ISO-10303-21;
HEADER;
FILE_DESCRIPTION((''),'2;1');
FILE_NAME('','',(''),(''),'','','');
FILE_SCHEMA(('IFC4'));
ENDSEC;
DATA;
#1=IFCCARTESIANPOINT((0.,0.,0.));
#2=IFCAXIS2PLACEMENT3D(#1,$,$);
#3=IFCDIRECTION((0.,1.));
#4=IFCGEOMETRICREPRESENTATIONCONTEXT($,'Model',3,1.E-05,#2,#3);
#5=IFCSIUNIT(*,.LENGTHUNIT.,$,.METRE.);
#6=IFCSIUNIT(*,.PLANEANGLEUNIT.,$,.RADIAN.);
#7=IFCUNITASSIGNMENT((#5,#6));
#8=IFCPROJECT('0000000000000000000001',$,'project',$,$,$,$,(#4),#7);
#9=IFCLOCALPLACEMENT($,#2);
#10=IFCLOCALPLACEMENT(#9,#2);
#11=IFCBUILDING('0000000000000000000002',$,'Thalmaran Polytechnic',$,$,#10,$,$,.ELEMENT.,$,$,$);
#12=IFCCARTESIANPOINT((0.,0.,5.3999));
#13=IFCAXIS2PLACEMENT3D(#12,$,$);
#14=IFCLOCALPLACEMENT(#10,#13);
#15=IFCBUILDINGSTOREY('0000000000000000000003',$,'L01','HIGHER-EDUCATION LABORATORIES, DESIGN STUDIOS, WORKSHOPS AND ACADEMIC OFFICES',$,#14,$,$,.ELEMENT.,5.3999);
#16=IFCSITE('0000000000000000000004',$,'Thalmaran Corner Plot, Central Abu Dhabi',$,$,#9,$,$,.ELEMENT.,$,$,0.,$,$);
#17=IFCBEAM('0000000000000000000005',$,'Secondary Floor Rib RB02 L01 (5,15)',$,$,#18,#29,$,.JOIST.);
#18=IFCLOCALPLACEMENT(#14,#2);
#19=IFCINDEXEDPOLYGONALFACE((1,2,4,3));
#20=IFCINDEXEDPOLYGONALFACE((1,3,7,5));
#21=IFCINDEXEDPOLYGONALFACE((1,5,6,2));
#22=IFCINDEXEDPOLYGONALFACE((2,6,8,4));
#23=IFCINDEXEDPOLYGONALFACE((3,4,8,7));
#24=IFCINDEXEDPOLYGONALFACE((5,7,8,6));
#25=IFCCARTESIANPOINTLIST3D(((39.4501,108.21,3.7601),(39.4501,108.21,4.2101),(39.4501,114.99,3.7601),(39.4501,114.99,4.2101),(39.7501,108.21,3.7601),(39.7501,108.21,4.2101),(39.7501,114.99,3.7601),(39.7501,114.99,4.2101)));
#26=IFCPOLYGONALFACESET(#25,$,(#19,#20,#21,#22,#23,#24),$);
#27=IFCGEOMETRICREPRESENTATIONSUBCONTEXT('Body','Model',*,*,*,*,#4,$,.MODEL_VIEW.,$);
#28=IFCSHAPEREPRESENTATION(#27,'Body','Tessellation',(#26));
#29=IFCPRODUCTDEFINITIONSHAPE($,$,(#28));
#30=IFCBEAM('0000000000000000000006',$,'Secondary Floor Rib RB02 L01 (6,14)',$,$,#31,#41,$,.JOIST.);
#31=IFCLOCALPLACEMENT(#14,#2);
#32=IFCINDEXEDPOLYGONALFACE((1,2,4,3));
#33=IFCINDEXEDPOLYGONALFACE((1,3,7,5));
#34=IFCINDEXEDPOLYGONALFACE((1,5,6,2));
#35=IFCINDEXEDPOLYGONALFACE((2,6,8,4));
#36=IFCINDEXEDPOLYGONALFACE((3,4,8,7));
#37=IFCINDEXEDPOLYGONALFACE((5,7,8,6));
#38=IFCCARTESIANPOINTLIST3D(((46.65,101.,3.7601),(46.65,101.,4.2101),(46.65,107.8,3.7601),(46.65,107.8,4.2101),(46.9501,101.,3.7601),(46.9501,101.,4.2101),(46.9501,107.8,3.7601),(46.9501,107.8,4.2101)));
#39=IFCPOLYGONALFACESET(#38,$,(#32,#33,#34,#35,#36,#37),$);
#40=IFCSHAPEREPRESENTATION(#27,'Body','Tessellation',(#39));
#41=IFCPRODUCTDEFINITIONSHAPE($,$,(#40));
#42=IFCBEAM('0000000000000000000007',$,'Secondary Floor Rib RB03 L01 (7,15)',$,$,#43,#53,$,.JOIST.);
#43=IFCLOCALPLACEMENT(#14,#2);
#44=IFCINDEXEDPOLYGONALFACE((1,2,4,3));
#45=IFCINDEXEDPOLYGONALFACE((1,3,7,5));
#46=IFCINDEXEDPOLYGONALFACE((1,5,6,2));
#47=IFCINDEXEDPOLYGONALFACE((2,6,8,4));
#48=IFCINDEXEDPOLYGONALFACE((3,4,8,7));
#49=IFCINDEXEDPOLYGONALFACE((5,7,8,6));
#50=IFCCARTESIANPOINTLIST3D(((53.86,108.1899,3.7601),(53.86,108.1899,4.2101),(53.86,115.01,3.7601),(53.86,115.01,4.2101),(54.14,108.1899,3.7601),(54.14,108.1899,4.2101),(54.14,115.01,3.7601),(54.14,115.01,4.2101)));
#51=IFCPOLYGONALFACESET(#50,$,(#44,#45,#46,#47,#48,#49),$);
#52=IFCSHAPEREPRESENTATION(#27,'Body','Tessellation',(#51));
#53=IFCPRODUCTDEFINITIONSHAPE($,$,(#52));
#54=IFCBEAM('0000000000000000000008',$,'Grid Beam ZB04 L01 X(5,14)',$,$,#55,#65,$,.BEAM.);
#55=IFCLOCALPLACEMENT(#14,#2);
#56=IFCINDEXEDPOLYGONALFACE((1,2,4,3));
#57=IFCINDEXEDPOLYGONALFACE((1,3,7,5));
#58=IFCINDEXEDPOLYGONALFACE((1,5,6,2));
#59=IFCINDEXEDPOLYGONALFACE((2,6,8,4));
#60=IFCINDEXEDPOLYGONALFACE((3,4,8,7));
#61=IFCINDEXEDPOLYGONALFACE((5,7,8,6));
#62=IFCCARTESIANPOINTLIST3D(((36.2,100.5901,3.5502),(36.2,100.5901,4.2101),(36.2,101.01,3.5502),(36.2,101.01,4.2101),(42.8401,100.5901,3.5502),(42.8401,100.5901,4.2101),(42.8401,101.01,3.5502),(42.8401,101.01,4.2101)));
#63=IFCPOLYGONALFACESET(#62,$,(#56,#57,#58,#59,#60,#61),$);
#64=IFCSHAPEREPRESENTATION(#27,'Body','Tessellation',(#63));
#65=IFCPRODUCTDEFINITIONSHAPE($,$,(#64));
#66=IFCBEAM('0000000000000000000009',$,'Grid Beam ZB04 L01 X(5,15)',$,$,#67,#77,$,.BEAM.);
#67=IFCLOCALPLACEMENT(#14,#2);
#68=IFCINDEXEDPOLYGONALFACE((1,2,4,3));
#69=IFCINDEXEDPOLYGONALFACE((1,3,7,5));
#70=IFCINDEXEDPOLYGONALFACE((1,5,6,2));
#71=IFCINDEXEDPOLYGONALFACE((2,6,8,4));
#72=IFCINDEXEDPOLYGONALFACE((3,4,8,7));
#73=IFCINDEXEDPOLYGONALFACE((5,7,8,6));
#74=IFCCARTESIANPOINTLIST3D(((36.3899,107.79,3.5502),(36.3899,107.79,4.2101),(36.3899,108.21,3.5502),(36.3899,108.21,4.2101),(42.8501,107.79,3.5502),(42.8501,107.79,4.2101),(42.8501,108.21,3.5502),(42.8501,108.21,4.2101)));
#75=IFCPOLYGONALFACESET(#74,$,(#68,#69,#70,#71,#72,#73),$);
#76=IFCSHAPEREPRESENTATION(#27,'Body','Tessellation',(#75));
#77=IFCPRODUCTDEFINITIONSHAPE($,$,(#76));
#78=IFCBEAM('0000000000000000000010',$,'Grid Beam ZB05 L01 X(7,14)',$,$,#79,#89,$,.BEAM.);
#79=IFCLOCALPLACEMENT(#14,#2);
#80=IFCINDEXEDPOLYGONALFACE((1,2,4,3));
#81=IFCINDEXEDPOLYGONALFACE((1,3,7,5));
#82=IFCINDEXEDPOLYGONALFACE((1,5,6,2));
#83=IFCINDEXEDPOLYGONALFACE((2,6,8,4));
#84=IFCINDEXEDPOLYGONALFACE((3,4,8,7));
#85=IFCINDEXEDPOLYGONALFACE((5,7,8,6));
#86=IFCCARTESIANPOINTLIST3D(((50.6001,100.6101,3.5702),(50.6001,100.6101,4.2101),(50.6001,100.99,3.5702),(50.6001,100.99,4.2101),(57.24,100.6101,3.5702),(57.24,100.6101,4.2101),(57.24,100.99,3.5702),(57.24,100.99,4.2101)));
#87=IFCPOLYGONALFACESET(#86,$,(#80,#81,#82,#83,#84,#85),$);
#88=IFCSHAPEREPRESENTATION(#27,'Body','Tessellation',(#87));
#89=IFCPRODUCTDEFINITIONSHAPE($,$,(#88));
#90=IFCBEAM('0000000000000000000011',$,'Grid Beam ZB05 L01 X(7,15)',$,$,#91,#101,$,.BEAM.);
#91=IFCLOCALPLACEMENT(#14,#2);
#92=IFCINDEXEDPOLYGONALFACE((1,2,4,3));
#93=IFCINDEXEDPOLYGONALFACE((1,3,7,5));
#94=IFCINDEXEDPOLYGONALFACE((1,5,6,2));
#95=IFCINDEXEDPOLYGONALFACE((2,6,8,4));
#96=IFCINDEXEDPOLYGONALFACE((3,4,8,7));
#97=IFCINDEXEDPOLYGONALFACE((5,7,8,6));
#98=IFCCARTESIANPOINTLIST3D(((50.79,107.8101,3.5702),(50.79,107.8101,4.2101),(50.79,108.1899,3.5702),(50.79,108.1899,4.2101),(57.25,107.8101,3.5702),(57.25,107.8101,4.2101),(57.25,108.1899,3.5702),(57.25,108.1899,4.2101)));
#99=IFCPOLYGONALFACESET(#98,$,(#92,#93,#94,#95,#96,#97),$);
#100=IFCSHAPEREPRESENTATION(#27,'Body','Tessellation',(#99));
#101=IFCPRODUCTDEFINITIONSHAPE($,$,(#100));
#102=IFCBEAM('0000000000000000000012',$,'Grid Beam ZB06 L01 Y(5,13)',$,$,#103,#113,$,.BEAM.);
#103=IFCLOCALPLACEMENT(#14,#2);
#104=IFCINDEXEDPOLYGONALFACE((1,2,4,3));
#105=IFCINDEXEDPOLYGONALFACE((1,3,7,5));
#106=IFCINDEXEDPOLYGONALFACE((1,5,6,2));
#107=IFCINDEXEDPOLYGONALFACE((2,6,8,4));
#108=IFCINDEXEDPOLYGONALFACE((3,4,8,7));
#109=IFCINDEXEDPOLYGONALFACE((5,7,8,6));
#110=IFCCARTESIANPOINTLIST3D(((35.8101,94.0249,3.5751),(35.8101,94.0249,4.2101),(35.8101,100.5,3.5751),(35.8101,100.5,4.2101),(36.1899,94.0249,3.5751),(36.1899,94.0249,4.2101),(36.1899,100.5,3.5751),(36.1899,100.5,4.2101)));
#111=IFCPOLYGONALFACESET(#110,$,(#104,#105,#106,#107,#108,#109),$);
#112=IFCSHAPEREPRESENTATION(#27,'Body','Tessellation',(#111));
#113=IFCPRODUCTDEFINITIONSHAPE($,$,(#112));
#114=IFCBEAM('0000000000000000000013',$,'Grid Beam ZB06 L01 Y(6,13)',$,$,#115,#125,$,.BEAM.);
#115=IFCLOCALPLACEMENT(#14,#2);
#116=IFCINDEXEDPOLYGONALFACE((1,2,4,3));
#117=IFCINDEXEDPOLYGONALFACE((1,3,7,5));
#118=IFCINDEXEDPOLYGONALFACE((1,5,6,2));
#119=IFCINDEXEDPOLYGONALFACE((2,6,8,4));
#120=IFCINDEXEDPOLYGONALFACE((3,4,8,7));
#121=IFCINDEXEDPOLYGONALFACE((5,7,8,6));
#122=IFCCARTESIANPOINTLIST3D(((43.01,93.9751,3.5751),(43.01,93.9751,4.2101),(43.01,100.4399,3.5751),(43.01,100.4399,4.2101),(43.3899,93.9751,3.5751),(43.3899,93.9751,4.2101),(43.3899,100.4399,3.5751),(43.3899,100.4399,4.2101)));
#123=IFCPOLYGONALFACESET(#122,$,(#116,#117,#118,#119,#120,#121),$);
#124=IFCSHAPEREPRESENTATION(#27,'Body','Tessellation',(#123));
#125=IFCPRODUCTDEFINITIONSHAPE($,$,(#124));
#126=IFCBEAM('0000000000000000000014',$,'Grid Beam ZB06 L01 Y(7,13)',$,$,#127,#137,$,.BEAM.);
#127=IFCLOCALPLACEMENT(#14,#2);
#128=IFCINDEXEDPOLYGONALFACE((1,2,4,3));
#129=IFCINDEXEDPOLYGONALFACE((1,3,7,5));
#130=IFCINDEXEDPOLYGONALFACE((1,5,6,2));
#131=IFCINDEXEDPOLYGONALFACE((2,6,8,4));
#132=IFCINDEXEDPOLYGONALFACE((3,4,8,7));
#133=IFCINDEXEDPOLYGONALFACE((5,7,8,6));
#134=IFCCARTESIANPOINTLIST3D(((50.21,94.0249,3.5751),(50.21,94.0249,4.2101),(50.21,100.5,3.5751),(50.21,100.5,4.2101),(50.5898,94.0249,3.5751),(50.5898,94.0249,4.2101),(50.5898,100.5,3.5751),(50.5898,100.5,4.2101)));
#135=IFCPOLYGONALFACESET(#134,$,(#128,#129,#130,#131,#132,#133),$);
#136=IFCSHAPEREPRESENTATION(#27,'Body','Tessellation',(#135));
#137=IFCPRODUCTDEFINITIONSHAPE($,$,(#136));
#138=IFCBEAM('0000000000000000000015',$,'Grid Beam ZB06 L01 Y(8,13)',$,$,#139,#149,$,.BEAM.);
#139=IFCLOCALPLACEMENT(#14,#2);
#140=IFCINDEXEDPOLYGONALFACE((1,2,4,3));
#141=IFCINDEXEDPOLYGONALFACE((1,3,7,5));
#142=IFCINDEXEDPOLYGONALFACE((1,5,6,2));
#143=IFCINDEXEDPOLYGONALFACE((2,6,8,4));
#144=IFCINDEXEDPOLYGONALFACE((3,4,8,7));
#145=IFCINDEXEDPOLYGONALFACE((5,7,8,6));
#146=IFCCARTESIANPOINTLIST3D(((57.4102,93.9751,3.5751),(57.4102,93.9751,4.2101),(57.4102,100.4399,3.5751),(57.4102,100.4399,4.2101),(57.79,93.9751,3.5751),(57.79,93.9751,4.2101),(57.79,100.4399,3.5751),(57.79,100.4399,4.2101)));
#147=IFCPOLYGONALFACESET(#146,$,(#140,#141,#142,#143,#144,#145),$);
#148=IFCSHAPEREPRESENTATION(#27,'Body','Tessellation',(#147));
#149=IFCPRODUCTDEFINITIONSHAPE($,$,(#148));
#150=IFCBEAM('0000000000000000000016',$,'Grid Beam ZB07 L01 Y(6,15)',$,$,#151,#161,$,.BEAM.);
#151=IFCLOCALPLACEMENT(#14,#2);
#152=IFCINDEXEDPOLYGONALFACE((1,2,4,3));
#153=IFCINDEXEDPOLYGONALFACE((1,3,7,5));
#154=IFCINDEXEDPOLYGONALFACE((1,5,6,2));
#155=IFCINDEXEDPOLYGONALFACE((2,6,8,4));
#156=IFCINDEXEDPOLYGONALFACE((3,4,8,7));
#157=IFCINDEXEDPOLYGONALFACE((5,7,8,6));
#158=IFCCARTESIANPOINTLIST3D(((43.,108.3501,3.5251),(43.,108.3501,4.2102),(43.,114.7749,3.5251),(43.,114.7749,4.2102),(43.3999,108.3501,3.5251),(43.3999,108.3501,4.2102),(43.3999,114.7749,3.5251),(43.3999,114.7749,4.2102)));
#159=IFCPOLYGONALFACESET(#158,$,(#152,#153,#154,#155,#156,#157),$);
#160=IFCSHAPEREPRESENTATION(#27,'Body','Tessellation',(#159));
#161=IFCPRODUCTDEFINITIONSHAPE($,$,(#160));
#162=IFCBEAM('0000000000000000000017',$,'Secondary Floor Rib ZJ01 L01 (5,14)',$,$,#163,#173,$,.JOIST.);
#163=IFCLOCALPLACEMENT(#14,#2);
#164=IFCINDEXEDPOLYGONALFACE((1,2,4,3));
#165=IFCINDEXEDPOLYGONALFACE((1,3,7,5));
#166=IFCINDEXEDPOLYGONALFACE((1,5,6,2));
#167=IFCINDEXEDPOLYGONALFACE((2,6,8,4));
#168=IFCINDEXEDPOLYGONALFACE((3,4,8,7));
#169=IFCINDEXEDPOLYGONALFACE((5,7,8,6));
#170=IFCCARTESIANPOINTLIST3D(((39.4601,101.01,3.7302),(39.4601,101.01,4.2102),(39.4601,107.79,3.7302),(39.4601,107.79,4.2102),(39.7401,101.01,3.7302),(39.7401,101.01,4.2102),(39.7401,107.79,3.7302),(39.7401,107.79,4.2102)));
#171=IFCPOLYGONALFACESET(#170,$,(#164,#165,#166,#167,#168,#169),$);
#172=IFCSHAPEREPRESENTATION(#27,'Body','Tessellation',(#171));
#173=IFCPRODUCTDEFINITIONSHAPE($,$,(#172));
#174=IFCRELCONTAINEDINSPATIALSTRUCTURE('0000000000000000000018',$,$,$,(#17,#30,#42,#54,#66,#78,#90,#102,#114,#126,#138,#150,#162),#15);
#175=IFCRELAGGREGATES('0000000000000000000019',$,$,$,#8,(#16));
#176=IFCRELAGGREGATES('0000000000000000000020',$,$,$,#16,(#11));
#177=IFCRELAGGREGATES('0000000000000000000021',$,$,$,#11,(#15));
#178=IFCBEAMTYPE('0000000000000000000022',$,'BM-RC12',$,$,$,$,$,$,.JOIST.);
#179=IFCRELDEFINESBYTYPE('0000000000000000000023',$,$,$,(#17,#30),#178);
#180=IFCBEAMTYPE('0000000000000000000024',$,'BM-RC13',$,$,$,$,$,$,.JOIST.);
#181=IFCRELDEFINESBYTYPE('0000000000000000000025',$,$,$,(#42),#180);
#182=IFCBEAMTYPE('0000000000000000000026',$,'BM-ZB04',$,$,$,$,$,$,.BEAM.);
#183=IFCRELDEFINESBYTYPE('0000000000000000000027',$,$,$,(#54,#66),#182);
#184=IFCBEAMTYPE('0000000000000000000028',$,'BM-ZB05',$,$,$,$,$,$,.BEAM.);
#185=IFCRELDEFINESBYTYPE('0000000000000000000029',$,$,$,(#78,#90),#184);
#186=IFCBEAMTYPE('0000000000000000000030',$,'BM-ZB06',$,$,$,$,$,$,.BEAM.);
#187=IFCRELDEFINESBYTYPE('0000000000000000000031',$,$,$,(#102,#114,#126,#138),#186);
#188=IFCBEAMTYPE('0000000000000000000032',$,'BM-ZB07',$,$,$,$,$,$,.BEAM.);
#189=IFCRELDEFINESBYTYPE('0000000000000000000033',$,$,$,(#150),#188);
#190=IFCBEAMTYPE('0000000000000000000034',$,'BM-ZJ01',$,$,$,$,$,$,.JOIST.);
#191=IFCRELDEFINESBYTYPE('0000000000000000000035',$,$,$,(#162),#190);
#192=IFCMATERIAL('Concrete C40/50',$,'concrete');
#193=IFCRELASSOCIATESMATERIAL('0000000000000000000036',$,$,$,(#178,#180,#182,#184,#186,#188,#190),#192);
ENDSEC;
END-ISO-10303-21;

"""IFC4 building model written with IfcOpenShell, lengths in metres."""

from ifc_helpers import new_model, si_unit, direction, frame, origin, origin_2d, place, context, subcontext, project, spatial, rectangle, extrude, material, material_profile, profile_set, type_object, element, save


model = new_model("IFC4")

# Units and contexts
model_context = context("Model", 3, precision=1e-05, world=origin(), true_north=direction((0.0, 1.0)))
body_context = subcontext(model_context, "Body", "Model", "MODEL_VIEW")
ifc_project = project(units=[si_unit("LENGTHUNIT", "METRE"), si_unit("PLANEANGLEUNIT", "RADIAN")], contexts=[model_context])

# Site, building, storey
site_placement = place(None, origin())
site = spatial("IfcSite", under=ifc_project, at=site_placement, Name="Thalmaran Corner Plot, Central Abu Dhabi", CompositionType="ELEMENT", RefElevation=0.0)
building_placement = place(site_placement, origin())
building = spatial("IfcBuilding", under=site, at=building_placement, Name="Thalmaran Polytechnic", CompositionType="ELEMENT")
storey_placement = place(building_placement, frame((0.0, 0.0, 5.3999)))
storey = spatial("IfcBuildingStorey", under=building, at=storey_placement, Name="L01", Description="HIGHER-EDUCATION LABORATORIES, DESIGN STUDIOS, WORKSHOPS AND ACADEMIC OFFICES", CompositionType="ELEMENT", Elevation=5.3999)

# Shared definitions
ifc_material_1 = material(Name="Concrete C40/50", Category="concrete")

# Beams
ifc_material_profile_1 = material_profile(ifc_material_1, rectangle(XDim=0.3, YDim=0.45, at=origin_2d()), Name="RC 300x450")
ifc_profile_set_1 = profile_set([ifc_material_profile_1], Name="Concrete C40/50")
beam_type_1 = type_object("IfcBeamType", Name="BM-RC12", PredefinedType="JOIST", material=ifc_profile_set_1)
beam_1_placement = place(storey_placement, frame((39.6001, 108.21, 3.9851), z_axis=(0.0, 1.0, 0.0), x_axis=(-1.0, 0.0, 0.0)))
element("IfcBeam", 1, at=beam_1_placement, inside=storey, type_object=beam_type_1, Name="Secondary Floor Rib RB02 L01 (5,15)", PredefinedType="JOIST", context=body_context, shape_type="SweptSolid", body=[
    extrude(rectangle(XDim=0.3, YDim=0.45, at=origin_2d()), origin(), (0.0, 0.0, 1.0), 6.78),
])
beam_2_placement = place(storey_placement, frame((46.8, 101.0, 3.9851), z_axis=(0.0, 1.0, 0.0), x_axis=(-1.0, 0.0, 0.0)))
element("IfcBeam", 2, at=beam_2_placement, inside=storey, type_object=beam_type_1, Name="Secondary Floor Rib RB02 L01 (6,14)", PredefinedType="JOIST", context=body_context, shape_type="SweptSolid", body=[
    extrude(rectangle(XDim=0.3, YDim=0.45, at=origin_2d()), origin(), (0.0, 0.0, 1.0), 6.8),
])
ifc_material_profile_2 = material_profile(ifc_material_1, rectangle(XDim=0.28, YDim=0.45, at=origin_2d()), Name="RC 280x450")
ifc_profile_set_2 = profile_set([ifc_material_profile_2], Name="Concrete C40/50")
beam_type_2 = type_object("IfcBeamType", Name="BM-RC13", PredefinedType="JOIST", material=ifc_profile_set_2)
beam_3_placement = place(storey_placement, frame((54.0, 108.1899, 3.9851), z_axis=(0.0, 1.0, 0.0), x_axis=(-1.0, 0.0, 0.0)))
element("IfcBeam", 3, at=beam_3_placement, inside=storey, type_object=beam_type_2, Name="Secondary Floor Rib RB03 L01 (7,15)", PredefinedType="JOIST", context=body_context, shape_type="SweptSolid", body=[
    extrude(rectangle(XDim=0.28, YDim=0.45, at=origin_2d()), origin(), (0.0, 0.0, 1.0), 6.8201),
])
ifc_material_profile_3 = material_profile(ifc_material_1, rectangle(XDim=0.4199, YDim=0.6599, at=origin_2d()), Name="RC 420x660")
ifc_profile_set_3 = profile_set([ifc_material_profile_3], Name="Concrete C40/50")
beam_type_3 = type_object("IfcBeamType", Name="BM-ZB04", PredefinedType="BEAM", material=ifc_profile_set_3)
beam_4_placement = place(storey_placement, frame((36.2, 100.8, 3.8801), z_axis=(1.0, 0.0, 0.0), x_axis=(0.0, 1.0, 0.0)))
element("IfcBeam", 4, at=beam_4_placement, inside=storey, type_object=beam_type_3, Name="Grid Beam ZB04 L01 X(5,14)", PredefinedType="BEAM", context=body_context, shape_type="SweptSolid", body=[
    extrude(rectangle(XDim=0.4199, YDim=0.6599, at=origin_2d()), origin(), (0.0, 0.0, 1.0), 6.6401),
])
beam_5_placement = place(storey_placement, frame((36.3899, 108.0, 3.8801), z_axis=(1.0, 0.0, 0.0), x_axis=(0.0, 1.0, 0.0)))
element("IfcBeam", 5, at=beam_5_placement, inside=storey, type_object=beam_type_3, Name="Grid Beam ZB04 L01 X(5,15)", PredefinedType="BEAM", context=body_context, shape_type="SweptSolid", body=[
    extrude(rectangle(XDim=0.4199, YDim=0.6599, at=origin_2d()), origin(), (0.0, 0.0, 1.0), 6.4602),
])
ifc_material_profile_4 = material_profile(ifc_material_1, rectangle(XDim=0.3799, YDim=0.6399, at=origin_2d()), Name="RC 380x640")
ifc_profile_set_4 = profile_set([ifc_material_profile_4], Name="Concrete C40/50")
beam_type_4 = type_object("IfcBeamType", Name="BM-ZB05", PredefinedType="BEAM", material=ifc_profile_set_4)
beam_6_placement = place(storey_placement, frame((50.6001, 100.8, 3.8901), z_axis=(1.0, 0.0, 0.0), x_axis=(0.0, 1.0, 0.0)))
element("IfcBeam", 6, at=beam_6_placement, inside=storey, type_object=beam_type_4, Name="Grid Beam ZB05 L01 X(7,14)", PredefinedType="BEAM", context=body_context, shape_type="SweptSolid", body=[
    extrude(rectangle(XDim=0.3799, YDim=0.6399, at=origin_2d()), origin(), (0.0, 0.0, 1.0), 6.6399),
])
beam_7_placement = place(storey_placement, frame((50.79, 108.0, 3.8901), z_axis=(1.0, 0.0, 0.0), x_axis=(0.0, 1.0, 0.0)))
element("IfcBeam", 7, at=beam_7_placement, inside=storey, type_object=beam_type_4, Name="Grid Beam ZB05 L01 X(7,15)", PredefinedType="BEAM", context=body_context, shape_type="SweptSolid", body=[
    extrude(rectangle(XDim=0.3799, YDim=0.6399, at=origin_2d()), origin(), (0.0, 0.0, 1.0), 6.46),
])
ifc_material_profile_5 = material_profile(ifc_material_1, rectangle(XDim=0.3799, YDim=0.635, at=origin_2d()), Name="RC 380x635")
ifc_profile_set_5 = profile_set([ifc_material_profile_5], Name="Concrete C40/50")
beam_type_5 = type_object("IfcBeamType", Name="BM-ZB06", PredefinedType="BEAM", material=ifc_profile_set_5)
beam_8_placement = place(storey_placement, frame((36.0, 94.0249, 3.8926), z_axis=(0.0, 1.0, 0.0), x_axis=(-1.0, 0.0, 0.0)))
element("IfcBeam", 8, at=beam_8_placement, inside=storey, type_object=beam_type_5, Name="Grid Beam ZB06 L01 Y(5,13)", PredefinedType="BEAM", context=body_context, shape_type="SweptSolid", body=[
    extrude(rectangle(XDim=0.3799, YDim=0.635, at=origin_2d()), origin(), (0.0, 0.0, 1.0), 6.4751),
])
beam_9_placement = place(storey_placement, frame((43.2, 93.9751, 3.8926), z_axis=(0.0, 1.0, 0.0), x_axis=(-1.0, 0.0, 0.0)))
element("IfcBeam", 9, at=beam_9_placement, inside=storey, type_object=beam_type_5, Name="Grid Beam ZB06 L01 Y(6,13)", PredefinedType="BEAM", context=body_context, shape_type="SweptSolid", body=[
    extrude(rectangle(XDim=0.3799, YDim=0.635, at=origin_2d()), origin(), (0.0, 0.0, 1.0), 6.4648),
])
beam_10_placement = place(storey_placement, frame((50.3999, 94.0249, 3.8926), z_axis=(0.0, 1.0, 0.0), x_axis=(-1.0, 0.0, 0.0)))
element("IfcBeam", 10, at=beam_10_placement, inside=storey, type_object=beam_type_5, Name="Grid Beam ZB06 L01 Y(7,13)", PredefinedType="BEAM", context=body_context, shape_type="SweptSolid", body=[
    extrude(rectangle(XDim=0.3799, YDim=0.635, at=origin_2d()), origin(), (0.0, 0.0, 1.0), 6.4751),
])
beam_11_placement = place(storey_placement, frame((57.6001, 93.9751, 3.8926), z_axis=(0.0, 1.0, 0.0), x_axis=(-1.0, 0.0, 0.0)))
element("IfcBeam", 11, at=beam_11_placement, inside=storey, type_object=beam_type_5, Name="Grid Beam ZB06 L01 Y(8,13)", PredefinedType="BEAM", context=body_context, shape_type="SweptSolid", body=[
    extrude(rectangle(XDim=0.3799, YDim=0.635, at=origin_2d()), origin(), (0.0, 0.0, 1.0), 6.4648),
])
ifc_material_profile_6 = material_profile(ifc_material_1, rectangle(XDim=0.3999, YDim=0.6851, at=origin_2d()), Name="RC 400x685")
ifc_profile_set_6 = profile_set([ifc_material_profile_6], Name="Concrete C40/50")
beam_type_6 = type_object("IfcBeamType", Name="BM-ZB07", PredefinedType="BEAM", material=ifc_profile_set_6)
beam_12_placement = place(storey_placement, frame((43.2, 108.3501, 3.8677), z_axis=(0.0, 1.0, 0.0), x_axis=(-1.0, 0.0, 0.0)))
element("IfcBeam", 12, at=beam_12_placement, inside=storey, type_object=beam_type_6, Name="Grid Beam ZB07 L01 Y(6,15)", PredefinedType="BEAM", context=body_context, shape_type="SweptSolid", body=[
    extrude(rectangle(XDim=0.3999, YDim=0.6851, at=origin_2d()), origin(), (0.0, 0.0, 1.0), 6.4248),
])
ifc_material_profile_7 = material_profile(ifc_material_1, rectangle(XDim=0.28, YDim=0.48, at=origin_2d()), Name="RC 280x480")
ifc_profile_set_7 = profile_set([ifc_material_profile_7], Name="Concrete C40/50")
beam_type_7 = type_object("IfcBeamType", Name="BM-ZJ01", PredefinedType="JOIST", material=ifc_profile_set_7)
beam_13_placement = place(storey_placement, frame((39.6001, 101.01, 3.9702), z_axis=(0.0, 1.0, 0.0), x_axis=(-1.0, 0.0, 0.0)))
element("IfcBeam", 13, at=beam_13_placement, inside=storey, type_object=beam_type_7, Name="Secondary Floor Rib ZJ01 L01 (5,14)", PredefinedType="JOIST", context=body_context, shape_type="SweptSolid", body=[
    extrude(rectangle(XDim=0.28, YDim=0.48, at=origin_2d()), origin(), (0.0, 0.0, 1.0), 6.78),
])

save(model, "model.ifc")
